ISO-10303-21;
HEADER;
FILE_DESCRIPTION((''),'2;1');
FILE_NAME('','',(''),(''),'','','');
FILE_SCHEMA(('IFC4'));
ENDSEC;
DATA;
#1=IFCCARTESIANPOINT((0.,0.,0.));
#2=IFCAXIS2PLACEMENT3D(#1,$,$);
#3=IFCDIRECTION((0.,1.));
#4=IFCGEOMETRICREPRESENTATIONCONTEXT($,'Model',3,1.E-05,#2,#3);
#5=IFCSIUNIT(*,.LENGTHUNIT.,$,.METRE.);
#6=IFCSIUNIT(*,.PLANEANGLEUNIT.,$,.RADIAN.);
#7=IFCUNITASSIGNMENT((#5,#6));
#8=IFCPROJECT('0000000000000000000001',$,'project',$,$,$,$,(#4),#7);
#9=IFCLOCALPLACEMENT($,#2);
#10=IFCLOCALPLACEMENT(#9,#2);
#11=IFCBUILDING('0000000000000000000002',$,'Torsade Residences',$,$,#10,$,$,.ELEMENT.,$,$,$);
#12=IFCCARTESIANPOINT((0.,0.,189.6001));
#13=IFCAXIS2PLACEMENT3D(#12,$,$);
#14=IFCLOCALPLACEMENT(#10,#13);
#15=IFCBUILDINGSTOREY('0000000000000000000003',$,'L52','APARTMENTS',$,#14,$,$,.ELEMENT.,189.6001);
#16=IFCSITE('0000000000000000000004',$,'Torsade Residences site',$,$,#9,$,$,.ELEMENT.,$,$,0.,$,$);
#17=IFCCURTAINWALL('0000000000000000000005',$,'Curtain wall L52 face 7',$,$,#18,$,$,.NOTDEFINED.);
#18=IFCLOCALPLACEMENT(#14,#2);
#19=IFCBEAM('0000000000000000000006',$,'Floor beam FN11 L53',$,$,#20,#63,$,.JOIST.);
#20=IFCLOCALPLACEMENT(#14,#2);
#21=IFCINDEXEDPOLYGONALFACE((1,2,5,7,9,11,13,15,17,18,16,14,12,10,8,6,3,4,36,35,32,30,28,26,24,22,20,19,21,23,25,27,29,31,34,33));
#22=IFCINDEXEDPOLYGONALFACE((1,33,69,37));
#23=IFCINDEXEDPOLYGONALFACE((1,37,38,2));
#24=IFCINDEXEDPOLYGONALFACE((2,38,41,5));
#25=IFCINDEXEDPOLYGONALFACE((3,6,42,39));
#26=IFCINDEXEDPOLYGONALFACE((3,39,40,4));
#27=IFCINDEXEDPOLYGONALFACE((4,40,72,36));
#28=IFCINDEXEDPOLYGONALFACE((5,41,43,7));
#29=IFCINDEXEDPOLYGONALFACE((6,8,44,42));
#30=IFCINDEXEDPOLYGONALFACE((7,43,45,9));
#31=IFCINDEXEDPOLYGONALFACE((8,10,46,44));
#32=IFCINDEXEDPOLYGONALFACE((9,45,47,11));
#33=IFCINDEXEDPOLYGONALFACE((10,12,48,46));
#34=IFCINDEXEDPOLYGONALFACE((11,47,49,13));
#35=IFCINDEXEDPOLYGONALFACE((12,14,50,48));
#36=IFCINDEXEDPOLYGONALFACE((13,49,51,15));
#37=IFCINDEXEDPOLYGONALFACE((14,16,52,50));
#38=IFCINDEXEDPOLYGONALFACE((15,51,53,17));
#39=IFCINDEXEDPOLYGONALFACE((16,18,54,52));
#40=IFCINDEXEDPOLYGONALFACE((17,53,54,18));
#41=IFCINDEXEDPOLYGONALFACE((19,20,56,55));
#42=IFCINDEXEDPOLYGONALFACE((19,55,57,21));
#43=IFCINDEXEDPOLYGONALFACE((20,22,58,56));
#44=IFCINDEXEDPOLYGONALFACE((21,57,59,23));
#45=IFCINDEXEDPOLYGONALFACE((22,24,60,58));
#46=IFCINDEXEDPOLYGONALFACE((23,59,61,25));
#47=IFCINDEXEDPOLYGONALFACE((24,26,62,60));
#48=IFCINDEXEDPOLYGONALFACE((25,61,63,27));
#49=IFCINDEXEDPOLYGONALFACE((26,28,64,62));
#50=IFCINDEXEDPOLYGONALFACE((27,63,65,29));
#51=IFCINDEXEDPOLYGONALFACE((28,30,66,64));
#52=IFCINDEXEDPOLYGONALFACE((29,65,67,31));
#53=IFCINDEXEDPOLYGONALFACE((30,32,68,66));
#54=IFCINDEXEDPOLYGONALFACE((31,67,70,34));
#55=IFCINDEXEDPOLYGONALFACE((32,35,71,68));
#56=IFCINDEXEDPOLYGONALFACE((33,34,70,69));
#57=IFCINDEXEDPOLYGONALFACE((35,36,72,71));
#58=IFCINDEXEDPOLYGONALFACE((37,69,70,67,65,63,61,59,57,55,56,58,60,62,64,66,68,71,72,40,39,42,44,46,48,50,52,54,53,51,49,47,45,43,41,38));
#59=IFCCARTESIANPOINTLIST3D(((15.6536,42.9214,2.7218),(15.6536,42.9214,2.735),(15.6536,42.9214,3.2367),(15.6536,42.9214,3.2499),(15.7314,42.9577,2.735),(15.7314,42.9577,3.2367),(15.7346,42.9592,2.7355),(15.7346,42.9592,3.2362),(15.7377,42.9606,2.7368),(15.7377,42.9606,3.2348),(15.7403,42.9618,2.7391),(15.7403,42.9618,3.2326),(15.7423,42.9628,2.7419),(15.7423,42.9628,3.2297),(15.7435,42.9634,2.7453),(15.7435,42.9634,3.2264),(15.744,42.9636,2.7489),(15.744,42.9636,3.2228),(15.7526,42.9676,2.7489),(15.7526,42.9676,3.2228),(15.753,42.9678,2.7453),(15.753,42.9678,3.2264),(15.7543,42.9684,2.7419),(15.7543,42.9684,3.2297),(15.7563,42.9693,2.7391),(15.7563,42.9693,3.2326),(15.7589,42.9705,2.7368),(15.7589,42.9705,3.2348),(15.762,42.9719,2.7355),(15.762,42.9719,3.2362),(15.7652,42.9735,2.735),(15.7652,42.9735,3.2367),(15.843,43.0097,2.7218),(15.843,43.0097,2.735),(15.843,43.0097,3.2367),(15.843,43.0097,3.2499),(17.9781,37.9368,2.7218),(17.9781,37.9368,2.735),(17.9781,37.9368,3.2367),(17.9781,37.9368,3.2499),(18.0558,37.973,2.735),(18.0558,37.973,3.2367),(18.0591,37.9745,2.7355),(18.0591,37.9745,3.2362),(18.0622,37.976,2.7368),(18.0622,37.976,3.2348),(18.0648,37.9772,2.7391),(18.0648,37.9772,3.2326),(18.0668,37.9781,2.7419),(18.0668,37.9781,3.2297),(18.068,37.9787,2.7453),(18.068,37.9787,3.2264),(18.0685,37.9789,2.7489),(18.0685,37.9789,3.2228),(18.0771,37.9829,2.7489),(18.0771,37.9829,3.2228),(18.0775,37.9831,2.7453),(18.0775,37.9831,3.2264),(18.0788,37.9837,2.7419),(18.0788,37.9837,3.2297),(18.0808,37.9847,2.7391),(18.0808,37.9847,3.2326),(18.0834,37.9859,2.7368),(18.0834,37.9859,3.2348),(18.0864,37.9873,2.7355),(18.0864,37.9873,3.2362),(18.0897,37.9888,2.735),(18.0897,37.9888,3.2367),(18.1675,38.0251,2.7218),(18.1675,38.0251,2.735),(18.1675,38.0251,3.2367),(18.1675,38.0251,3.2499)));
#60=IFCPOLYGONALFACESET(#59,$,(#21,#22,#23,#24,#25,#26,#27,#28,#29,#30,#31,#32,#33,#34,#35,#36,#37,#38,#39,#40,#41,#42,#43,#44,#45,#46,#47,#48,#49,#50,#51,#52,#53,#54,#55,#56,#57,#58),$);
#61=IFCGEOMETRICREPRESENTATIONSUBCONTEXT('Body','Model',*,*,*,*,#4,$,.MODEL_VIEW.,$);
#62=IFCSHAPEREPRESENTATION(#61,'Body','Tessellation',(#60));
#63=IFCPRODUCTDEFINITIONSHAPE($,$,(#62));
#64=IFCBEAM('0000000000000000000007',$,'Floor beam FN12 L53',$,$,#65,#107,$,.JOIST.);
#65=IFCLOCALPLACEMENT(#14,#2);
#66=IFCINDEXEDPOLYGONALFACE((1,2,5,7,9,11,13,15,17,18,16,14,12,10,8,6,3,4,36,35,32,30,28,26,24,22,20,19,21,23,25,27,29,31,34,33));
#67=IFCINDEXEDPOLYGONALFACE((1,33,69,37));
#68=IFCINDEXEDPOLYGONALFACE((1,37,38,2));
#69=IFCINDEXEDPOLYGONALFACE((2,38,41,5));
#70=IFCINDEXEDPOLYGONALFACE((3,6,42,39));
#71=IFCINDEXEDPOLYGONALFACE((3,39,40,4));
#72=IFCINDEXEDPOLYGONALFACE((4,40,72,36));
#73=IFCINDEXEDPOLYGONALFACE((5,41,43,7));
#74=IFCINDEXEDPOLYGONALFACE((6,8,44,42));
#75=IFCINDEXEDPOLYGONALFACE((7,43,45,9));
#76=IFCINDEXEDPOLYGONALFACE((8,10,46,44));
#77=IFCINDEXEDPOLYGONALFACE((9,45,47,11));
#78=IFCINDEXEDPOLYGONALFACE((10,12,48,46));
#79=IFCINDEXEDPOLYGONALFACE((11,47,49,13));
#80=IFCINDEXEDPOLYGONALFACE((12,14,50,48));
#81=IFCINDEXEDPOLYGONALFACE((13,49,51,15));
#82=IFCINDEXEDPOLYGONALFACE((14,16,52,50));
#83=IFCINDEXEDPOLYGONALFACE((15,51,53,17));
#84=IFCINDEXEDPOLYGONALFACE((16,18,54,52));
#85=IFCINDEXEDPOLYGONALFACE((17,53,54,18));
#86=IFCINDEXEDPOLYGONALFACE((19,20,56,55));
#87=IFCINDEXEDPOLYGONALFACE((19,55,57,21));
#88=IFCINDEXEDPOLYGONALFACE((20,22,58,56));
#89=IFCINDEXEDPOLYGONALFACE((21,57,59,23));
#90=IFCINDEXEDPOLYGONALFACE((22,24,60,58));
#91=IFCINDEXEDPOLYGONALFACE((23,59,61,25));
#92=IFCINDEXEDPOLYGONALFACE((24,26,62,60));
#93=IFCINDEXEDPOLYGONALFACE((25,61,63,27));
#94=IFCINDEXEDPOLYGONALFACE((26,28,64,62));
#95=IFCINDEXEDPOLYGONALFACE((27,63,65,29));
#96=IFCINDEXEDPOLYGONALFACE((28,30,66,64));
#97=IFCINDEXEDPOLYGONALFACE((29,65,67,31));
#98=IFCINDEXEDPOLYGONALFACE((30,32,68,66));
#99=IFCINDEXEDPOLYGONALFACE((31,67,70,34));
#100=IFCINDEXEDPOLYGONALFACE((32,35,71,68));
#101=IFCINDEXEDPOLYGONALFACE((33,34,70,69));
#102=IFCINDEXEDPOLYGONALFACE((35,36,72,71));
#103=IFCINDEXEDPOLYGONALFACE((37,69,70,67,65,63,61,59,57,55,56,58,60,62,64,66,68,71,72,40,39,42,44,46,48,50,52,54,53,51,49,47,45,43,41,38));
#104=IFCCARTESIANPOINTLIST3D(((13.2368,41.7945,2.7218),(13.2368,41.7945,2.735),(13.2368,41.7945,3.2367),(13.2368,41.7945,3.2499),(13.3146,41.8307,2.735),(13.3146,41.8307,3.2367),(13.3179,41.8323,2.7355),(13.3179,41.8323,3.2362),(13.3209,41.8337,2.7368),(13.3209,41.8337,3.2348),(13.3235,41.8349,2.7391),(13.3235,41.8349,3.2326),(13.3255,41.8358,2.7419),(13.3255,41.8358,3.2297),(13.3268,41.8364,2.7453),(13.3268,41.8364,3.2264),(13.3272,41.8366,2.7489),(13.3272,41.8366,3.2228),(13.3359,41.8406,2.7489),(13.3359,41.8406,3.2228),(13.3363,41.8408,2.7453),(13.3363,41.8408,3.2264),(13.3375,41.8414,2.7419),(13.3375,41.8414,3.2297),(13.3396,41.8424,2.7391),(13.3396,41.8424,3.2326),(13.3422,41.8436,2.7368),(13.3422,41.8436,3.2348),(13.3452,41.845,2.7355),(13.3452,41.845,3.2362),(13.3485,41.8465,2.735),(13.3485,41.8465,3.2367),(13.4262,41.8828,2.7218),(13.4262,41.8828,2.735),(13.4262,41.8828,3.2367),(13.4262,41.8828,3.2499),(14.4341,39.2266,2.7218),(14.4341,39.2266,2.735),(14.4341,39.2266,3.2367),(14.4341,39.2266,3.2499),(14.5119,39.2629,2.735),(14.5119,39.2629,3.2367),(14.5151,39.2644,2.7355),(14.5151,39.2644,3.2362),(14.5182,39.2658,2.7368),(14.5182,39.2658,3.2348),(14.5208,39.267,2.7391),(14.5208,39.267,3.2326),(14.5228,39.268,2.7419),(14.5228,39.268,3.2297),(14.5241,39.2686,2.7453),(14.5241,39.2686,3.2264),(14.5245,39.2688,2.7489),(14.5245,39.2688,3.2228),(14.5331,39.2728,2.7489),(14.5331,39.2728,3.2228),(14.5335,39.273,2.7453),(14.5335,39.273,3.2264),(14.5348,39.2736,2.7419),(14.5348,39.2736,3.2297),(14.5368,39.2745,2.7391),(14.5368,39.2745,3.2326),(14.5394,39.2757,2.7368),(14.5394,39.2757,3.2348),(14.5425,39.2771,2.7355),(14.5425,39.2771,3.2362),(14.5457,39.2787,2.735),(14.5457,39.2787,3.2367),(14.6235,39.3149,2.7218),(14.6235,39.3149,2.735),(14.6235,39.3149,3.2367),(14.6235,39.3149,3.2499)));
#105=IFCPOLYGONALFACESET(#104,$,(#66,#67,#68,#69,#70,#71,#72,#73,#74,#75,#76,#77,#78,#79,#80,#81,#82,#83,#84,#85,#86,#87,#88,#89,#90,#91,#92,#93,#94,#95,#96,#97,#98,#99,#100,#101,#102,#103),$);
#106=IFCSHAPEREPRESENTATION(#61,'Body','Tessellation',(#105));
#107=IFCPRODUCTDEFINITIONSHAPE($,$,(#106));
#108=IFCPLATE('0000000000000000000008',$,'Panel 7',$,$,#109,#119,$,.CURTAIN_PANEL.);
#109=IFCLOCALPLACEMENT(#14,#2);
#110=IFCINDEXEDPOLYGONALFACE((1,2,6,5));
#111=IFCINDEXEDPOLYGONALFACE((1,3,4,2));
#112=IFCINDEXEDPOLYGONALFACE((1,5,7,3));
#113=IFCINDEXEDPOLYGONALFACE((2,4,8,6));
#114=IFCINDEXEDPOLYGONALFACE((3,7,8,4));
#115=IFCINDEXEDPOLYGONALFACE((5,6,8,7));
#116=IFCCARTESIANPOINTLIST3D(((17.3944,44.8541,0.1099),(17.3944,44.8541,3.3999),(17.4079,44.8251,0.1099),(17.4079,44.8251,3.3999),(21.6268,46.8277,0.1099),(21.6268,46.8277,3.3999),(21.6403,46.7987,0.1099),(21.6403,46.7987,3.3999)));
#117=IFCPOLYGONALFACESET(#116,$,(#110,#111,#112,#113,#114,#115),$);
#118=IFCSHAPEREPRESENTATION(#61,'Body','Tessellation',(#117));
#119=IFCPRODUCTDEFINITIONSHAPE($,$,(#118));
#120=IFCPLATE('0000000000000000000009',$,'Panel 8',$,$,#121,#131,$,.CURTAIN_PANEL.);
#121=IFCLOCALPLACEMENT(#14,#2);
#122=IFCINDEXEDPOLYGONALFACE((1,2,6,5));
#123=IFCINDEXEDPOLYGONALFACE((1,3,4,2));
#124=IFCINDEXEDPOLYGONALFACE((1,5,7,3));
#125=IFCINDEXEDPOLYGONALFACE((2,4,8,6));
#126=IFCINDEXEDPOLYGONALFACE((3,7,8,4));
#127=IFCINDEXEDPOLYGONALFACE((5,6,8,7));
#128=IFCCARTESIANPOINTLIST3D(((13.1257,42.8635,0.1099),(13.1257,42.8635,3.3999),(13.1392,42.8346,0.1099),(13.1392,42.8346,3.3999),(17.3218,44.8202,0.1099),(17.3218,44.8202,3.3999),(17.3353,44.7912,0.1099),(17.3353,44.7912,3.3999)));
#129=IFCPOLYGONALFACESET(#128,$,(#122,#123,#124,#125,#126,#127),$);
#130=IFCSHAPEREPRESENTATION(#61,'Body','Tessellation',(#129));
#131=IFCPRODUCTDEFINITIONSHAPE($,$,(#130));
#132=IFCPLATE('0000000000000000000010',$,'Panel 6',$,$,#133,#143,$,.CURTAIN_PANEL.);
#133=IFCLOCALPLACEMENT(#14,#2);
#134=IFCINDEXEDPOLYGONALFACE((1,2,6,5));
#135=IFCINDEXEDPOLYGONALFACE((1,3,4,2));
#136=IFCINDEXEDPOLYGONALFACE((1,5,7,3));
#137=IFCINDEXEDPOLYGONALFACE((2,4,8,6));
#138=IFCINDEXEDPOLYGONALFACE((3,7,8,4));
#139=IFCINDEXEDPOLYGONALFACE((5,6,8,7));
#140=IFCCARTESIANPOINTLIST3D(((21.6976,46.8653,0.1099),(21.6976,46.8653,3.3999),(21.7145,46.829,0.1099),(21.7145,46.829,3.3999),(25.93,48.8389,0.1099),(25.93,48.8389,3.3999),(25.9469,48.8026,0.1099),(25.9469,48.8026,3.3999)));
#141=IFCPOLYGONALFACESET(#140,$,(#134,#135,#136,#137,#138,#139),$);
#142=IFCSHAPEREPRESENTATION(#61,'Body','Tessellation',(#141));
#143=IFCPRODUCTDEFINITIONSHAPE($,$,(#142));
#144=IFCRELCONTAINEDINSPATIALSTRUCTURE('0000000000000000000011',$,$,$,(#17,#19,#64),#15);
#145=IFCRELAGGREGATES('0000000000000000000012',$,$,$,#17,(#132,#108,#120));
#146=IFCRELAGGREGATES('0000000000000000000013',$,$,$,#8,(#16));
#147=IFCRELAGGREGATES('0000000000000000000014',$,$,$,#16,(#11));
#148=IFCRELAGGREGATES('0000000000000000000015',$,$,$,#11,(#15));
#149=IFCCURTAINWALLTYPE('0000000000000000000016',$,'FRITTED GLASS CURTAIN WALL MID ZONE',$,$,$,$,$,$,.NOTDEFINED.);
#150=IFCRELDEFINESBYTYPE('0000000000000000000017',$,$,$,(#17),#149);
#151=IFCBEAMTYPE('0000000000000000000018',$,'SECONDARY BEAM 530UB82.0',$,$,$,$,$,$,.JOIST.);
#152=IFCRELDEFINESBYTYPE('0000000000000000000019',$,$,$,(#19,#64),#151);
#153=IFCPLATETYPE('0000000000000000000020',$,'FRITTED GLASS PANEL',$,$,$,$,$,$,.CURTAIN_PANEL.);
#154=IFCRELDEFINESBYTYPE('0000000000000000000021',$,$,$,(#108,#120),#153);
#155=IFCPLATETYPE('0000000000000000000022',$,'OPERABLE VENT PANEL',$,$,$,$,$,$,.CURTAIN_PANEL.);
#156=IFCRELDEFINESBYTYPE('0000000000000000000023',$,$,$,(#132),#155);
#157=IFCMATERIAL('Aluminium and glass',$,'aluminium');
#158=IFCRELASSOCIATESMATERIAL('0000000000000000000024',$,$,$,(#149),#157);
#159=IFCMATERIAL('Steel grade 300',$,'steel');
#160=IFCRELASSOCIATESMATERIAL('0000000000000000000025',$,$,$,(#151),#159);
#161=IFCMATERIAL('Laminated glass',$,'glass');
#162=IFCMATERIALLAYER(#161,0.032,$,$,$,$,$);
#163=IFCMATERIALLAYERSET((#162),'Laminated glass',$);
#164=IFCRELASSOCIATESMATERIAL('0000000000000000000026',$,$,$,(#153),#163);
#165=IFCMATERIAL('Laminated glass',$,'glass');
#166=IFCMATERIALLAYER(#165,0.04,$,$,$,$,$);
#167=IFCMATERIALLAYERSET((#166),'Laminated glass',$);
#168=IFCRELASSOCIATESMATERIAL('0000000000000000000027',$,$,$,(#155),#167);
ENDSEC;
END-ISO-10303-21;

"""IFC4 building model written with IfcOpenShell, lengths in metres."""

from ifc_helpers import new_model, si_unit, direction, frame, origin, origin_2d, place, context, subcontext, project, spatial, rectangle, i_section, extrude, material, layer, layer_set, material_profile, profile_set, type_object, element, aggregate, save


model = new_model("IFC4")

# Units and contexts
model_context = context("Model", 3, precision=1e-05, world=origin(), true_north=direction((0.0, 1.0)))
body_context = subcontext(model_context, "Body", "Model", "MODEL_VIEW")
ifc_project = project(units=[si_unit("LENGTHUNIT", "METRE"), si_unit("PLANEANGLEUNIT", "RADIAN")], contexts=[model_context])

# Site, building, storey
site_placement = place(None, origin())
site = spatial("IfcSite", under=ifc_project, at=site_placement, Name="Torsade Residences site", CompositionType="ELEMENT", RefElevation=0.0)
building_placement = place(site_placement, origin())
building = spatial("IfcBuilding", under=site, at=building_placement, Name="Torsade Residences", CompositionType="ELEMENT")
storey_placement = place(building_placement, frame((0.0, 0.0, 189.6001)))
storey = spatial("IfcBuildingStorey", under=building, at=storey_placement, Name="L52", Description="APARTMENTS", CompositionType="ELEMENT", Elevation=189.6001)

# Curtain wall
ifc_material_1 = material(Name="Aluminium and glass", Category="aluminium")
curtain_wall_type = type_object("IfcCurtainWallType", Name="FRITTED GLASS CURTAIN WALL MID ZONE", PredefinedType="NOTDEFINED", material=ifc_material_1)
curtain_wall_placement = place(storey_placement, origin())
curtain_wall = element("IfcCurtainWall", 1, at=curtain_wall_placement, inside=storey, type_object=curtain_wall_type, Name="Curtain wall L52 face 7", PredefinedType="NOTDEFINED")

# Beams
ifc_material_2 = material(Name="Steel grade 300", Category="steel")
ifc_material_profile_1 = material_profile(ifc_material_2, i_section(OverallWidth=0.209, OverallDepth=0.5281, WebThickness=0.0095, FlangeThickness=0.0132, FilletRadius=0.0139, at=origin_2d()), Name="530UB82.0")
ifc_profile_set_1 = profile_set([ifc_material_profile_1], Name="Steel grade 300")
beam_type_1 = type_object("IfcBeamType", Name="SECONDARY BEAM 530UB82.0", PredefinedType="JOIST", material=ifc_profile_set_1)
beam_1_placement = place(storey_placement, frame((15.7483, 42.9656, 2.9858), z_axis=(0.422633, -0.906301, 0.0), x_axis=(0.906301, 0.422633, 0.0)))
element("IfcBeam", 2, at=beam_1_placement, inside=storey, type_object=beam_type_1, Name="Floor beam FN11 L53", PredefinedType="JOIST", context=body_context, shape_type="SweptSolid", body=[
    extrude(i_section(OverallWidth=0.209, OverallDepth=0.5281, WebThickness=0.0095, FlangeThickness=0.0132, FilletRadius=0.0139, at=origin_2d()), origin(), (0.0, 0.0, 1.0), 5.5),
])
beam_2_placement = place(storey_placement, frame((13.3315, 41.8386, 2.9858), z_axis=(0.422574, -0.906328, 0.0), x_axis=(0.906328, 0.422574, 0.0)))
element("IfcBeam", 3, at=beam_2_placement, inside=storey, type_object=beam_type_1, Name="Floor beam FN12 L53", PredefinedType="JOIST", context=body_context, shape_type="SweptSolid", body=[
    extrude(i_section(OverallWidth=0.209, OverallDepth=0.5281, WebThickness=0.0095, FlangeThickness=0.0132, FilletRadius=0.0139, at=origin_2d()), origin(), (0.0, 0.0, 1.0), 2.8333),
])

# Plates
ifc_material_3 = material(Name="Laminated glass", Category="glass")
ifc_layer_1 = layer(ifc_material_3, 0.032)
ifc_layer_set_1 = layer_set([ifc_layer_1], Name="Laminated glass")
plate_type_1 = type_object("IfcPlateType", Name="FRITTED GLASS PANEL", PredefinedType="CURTAIN_PANEL", material=ifc_layer_set_1)
plate_1_placement = place(storey_placement, frame((19.5173, 45.8264, 0.1099), z_axis=(0.0, 0.0, 1.0), x_axis=(-0.906308, -0.422618, 0.0)))
plate_1 = element("IfcPlate", 4, at=plate_1_placement, type_object=plate_type_1, Name="Panel 7", PredefinedType="CURTAIN_PANEL", context=body_context, shape_type="SweptSolid", body=[
    extrude(rectangle(XDim=4.6699, YDim=0.032, at=origin_2d()), origin(), (0.0, 0.0, 1.0), 3.29),
])
plate_2_placement = place(storey_placement, frame((15.2305, 43.8274, 0.1099), z_axis=(0.0, 0.0, 1.0), x_axis=(-0.906308, -0.422618, 0.0)))
plate_2 = element("IfcPlate", 5, at=plate_2_placement, type_object=plate_type_1, Name="Panel 8", PredefinedType="CURTAIN_PANEL", context=body_context, shape_type="SweptSolid", body=[
    extrude(rectangle(XDim=4.6299, YDim=0.032, at=origin_2d()), origin(), (0.0, 0.0, 1.0), 3.29),
])
ifc_material_4 = material(Name="Laminated glass", Category="glass")
ifc_layer_2 = layer(ifc_material_4, 0.04)
ifc_layer_set_2 = layer_set([ifc_layer_2], Name="Laminated glass")
plate_type_2 = type_object("IfcPlateType", Name="OPERABLE VENT PANEL", PredefinedType="CURTAIN_PANEL", material=ifc_layer_set_2)
plate_3_placement = place(storey_placement, frame((23.8223, 47.834, 0.1099), z_axis=(0.0, 0.0, 1.0), x_axis=(-0.906308, -0.422618, 0.0)))
plate_3 = element("IfcPlate", 6, at=plate_3_placement, type_object=plate_type_2, Name="Panel 6", PredefinedType="CURTAIN_PANEL", context=body_context, shape_type="SweptSolid", body=[
    extrude(rectangle(XDim=4.6699, YDim=0.04, at=origin_2d()), origin(), (0.0, 0.0, 1.0), 3.29),
])
aggregate(curtain_wall, [plate_3, plate_1, plate_2])

save(model, "model.ifc")
